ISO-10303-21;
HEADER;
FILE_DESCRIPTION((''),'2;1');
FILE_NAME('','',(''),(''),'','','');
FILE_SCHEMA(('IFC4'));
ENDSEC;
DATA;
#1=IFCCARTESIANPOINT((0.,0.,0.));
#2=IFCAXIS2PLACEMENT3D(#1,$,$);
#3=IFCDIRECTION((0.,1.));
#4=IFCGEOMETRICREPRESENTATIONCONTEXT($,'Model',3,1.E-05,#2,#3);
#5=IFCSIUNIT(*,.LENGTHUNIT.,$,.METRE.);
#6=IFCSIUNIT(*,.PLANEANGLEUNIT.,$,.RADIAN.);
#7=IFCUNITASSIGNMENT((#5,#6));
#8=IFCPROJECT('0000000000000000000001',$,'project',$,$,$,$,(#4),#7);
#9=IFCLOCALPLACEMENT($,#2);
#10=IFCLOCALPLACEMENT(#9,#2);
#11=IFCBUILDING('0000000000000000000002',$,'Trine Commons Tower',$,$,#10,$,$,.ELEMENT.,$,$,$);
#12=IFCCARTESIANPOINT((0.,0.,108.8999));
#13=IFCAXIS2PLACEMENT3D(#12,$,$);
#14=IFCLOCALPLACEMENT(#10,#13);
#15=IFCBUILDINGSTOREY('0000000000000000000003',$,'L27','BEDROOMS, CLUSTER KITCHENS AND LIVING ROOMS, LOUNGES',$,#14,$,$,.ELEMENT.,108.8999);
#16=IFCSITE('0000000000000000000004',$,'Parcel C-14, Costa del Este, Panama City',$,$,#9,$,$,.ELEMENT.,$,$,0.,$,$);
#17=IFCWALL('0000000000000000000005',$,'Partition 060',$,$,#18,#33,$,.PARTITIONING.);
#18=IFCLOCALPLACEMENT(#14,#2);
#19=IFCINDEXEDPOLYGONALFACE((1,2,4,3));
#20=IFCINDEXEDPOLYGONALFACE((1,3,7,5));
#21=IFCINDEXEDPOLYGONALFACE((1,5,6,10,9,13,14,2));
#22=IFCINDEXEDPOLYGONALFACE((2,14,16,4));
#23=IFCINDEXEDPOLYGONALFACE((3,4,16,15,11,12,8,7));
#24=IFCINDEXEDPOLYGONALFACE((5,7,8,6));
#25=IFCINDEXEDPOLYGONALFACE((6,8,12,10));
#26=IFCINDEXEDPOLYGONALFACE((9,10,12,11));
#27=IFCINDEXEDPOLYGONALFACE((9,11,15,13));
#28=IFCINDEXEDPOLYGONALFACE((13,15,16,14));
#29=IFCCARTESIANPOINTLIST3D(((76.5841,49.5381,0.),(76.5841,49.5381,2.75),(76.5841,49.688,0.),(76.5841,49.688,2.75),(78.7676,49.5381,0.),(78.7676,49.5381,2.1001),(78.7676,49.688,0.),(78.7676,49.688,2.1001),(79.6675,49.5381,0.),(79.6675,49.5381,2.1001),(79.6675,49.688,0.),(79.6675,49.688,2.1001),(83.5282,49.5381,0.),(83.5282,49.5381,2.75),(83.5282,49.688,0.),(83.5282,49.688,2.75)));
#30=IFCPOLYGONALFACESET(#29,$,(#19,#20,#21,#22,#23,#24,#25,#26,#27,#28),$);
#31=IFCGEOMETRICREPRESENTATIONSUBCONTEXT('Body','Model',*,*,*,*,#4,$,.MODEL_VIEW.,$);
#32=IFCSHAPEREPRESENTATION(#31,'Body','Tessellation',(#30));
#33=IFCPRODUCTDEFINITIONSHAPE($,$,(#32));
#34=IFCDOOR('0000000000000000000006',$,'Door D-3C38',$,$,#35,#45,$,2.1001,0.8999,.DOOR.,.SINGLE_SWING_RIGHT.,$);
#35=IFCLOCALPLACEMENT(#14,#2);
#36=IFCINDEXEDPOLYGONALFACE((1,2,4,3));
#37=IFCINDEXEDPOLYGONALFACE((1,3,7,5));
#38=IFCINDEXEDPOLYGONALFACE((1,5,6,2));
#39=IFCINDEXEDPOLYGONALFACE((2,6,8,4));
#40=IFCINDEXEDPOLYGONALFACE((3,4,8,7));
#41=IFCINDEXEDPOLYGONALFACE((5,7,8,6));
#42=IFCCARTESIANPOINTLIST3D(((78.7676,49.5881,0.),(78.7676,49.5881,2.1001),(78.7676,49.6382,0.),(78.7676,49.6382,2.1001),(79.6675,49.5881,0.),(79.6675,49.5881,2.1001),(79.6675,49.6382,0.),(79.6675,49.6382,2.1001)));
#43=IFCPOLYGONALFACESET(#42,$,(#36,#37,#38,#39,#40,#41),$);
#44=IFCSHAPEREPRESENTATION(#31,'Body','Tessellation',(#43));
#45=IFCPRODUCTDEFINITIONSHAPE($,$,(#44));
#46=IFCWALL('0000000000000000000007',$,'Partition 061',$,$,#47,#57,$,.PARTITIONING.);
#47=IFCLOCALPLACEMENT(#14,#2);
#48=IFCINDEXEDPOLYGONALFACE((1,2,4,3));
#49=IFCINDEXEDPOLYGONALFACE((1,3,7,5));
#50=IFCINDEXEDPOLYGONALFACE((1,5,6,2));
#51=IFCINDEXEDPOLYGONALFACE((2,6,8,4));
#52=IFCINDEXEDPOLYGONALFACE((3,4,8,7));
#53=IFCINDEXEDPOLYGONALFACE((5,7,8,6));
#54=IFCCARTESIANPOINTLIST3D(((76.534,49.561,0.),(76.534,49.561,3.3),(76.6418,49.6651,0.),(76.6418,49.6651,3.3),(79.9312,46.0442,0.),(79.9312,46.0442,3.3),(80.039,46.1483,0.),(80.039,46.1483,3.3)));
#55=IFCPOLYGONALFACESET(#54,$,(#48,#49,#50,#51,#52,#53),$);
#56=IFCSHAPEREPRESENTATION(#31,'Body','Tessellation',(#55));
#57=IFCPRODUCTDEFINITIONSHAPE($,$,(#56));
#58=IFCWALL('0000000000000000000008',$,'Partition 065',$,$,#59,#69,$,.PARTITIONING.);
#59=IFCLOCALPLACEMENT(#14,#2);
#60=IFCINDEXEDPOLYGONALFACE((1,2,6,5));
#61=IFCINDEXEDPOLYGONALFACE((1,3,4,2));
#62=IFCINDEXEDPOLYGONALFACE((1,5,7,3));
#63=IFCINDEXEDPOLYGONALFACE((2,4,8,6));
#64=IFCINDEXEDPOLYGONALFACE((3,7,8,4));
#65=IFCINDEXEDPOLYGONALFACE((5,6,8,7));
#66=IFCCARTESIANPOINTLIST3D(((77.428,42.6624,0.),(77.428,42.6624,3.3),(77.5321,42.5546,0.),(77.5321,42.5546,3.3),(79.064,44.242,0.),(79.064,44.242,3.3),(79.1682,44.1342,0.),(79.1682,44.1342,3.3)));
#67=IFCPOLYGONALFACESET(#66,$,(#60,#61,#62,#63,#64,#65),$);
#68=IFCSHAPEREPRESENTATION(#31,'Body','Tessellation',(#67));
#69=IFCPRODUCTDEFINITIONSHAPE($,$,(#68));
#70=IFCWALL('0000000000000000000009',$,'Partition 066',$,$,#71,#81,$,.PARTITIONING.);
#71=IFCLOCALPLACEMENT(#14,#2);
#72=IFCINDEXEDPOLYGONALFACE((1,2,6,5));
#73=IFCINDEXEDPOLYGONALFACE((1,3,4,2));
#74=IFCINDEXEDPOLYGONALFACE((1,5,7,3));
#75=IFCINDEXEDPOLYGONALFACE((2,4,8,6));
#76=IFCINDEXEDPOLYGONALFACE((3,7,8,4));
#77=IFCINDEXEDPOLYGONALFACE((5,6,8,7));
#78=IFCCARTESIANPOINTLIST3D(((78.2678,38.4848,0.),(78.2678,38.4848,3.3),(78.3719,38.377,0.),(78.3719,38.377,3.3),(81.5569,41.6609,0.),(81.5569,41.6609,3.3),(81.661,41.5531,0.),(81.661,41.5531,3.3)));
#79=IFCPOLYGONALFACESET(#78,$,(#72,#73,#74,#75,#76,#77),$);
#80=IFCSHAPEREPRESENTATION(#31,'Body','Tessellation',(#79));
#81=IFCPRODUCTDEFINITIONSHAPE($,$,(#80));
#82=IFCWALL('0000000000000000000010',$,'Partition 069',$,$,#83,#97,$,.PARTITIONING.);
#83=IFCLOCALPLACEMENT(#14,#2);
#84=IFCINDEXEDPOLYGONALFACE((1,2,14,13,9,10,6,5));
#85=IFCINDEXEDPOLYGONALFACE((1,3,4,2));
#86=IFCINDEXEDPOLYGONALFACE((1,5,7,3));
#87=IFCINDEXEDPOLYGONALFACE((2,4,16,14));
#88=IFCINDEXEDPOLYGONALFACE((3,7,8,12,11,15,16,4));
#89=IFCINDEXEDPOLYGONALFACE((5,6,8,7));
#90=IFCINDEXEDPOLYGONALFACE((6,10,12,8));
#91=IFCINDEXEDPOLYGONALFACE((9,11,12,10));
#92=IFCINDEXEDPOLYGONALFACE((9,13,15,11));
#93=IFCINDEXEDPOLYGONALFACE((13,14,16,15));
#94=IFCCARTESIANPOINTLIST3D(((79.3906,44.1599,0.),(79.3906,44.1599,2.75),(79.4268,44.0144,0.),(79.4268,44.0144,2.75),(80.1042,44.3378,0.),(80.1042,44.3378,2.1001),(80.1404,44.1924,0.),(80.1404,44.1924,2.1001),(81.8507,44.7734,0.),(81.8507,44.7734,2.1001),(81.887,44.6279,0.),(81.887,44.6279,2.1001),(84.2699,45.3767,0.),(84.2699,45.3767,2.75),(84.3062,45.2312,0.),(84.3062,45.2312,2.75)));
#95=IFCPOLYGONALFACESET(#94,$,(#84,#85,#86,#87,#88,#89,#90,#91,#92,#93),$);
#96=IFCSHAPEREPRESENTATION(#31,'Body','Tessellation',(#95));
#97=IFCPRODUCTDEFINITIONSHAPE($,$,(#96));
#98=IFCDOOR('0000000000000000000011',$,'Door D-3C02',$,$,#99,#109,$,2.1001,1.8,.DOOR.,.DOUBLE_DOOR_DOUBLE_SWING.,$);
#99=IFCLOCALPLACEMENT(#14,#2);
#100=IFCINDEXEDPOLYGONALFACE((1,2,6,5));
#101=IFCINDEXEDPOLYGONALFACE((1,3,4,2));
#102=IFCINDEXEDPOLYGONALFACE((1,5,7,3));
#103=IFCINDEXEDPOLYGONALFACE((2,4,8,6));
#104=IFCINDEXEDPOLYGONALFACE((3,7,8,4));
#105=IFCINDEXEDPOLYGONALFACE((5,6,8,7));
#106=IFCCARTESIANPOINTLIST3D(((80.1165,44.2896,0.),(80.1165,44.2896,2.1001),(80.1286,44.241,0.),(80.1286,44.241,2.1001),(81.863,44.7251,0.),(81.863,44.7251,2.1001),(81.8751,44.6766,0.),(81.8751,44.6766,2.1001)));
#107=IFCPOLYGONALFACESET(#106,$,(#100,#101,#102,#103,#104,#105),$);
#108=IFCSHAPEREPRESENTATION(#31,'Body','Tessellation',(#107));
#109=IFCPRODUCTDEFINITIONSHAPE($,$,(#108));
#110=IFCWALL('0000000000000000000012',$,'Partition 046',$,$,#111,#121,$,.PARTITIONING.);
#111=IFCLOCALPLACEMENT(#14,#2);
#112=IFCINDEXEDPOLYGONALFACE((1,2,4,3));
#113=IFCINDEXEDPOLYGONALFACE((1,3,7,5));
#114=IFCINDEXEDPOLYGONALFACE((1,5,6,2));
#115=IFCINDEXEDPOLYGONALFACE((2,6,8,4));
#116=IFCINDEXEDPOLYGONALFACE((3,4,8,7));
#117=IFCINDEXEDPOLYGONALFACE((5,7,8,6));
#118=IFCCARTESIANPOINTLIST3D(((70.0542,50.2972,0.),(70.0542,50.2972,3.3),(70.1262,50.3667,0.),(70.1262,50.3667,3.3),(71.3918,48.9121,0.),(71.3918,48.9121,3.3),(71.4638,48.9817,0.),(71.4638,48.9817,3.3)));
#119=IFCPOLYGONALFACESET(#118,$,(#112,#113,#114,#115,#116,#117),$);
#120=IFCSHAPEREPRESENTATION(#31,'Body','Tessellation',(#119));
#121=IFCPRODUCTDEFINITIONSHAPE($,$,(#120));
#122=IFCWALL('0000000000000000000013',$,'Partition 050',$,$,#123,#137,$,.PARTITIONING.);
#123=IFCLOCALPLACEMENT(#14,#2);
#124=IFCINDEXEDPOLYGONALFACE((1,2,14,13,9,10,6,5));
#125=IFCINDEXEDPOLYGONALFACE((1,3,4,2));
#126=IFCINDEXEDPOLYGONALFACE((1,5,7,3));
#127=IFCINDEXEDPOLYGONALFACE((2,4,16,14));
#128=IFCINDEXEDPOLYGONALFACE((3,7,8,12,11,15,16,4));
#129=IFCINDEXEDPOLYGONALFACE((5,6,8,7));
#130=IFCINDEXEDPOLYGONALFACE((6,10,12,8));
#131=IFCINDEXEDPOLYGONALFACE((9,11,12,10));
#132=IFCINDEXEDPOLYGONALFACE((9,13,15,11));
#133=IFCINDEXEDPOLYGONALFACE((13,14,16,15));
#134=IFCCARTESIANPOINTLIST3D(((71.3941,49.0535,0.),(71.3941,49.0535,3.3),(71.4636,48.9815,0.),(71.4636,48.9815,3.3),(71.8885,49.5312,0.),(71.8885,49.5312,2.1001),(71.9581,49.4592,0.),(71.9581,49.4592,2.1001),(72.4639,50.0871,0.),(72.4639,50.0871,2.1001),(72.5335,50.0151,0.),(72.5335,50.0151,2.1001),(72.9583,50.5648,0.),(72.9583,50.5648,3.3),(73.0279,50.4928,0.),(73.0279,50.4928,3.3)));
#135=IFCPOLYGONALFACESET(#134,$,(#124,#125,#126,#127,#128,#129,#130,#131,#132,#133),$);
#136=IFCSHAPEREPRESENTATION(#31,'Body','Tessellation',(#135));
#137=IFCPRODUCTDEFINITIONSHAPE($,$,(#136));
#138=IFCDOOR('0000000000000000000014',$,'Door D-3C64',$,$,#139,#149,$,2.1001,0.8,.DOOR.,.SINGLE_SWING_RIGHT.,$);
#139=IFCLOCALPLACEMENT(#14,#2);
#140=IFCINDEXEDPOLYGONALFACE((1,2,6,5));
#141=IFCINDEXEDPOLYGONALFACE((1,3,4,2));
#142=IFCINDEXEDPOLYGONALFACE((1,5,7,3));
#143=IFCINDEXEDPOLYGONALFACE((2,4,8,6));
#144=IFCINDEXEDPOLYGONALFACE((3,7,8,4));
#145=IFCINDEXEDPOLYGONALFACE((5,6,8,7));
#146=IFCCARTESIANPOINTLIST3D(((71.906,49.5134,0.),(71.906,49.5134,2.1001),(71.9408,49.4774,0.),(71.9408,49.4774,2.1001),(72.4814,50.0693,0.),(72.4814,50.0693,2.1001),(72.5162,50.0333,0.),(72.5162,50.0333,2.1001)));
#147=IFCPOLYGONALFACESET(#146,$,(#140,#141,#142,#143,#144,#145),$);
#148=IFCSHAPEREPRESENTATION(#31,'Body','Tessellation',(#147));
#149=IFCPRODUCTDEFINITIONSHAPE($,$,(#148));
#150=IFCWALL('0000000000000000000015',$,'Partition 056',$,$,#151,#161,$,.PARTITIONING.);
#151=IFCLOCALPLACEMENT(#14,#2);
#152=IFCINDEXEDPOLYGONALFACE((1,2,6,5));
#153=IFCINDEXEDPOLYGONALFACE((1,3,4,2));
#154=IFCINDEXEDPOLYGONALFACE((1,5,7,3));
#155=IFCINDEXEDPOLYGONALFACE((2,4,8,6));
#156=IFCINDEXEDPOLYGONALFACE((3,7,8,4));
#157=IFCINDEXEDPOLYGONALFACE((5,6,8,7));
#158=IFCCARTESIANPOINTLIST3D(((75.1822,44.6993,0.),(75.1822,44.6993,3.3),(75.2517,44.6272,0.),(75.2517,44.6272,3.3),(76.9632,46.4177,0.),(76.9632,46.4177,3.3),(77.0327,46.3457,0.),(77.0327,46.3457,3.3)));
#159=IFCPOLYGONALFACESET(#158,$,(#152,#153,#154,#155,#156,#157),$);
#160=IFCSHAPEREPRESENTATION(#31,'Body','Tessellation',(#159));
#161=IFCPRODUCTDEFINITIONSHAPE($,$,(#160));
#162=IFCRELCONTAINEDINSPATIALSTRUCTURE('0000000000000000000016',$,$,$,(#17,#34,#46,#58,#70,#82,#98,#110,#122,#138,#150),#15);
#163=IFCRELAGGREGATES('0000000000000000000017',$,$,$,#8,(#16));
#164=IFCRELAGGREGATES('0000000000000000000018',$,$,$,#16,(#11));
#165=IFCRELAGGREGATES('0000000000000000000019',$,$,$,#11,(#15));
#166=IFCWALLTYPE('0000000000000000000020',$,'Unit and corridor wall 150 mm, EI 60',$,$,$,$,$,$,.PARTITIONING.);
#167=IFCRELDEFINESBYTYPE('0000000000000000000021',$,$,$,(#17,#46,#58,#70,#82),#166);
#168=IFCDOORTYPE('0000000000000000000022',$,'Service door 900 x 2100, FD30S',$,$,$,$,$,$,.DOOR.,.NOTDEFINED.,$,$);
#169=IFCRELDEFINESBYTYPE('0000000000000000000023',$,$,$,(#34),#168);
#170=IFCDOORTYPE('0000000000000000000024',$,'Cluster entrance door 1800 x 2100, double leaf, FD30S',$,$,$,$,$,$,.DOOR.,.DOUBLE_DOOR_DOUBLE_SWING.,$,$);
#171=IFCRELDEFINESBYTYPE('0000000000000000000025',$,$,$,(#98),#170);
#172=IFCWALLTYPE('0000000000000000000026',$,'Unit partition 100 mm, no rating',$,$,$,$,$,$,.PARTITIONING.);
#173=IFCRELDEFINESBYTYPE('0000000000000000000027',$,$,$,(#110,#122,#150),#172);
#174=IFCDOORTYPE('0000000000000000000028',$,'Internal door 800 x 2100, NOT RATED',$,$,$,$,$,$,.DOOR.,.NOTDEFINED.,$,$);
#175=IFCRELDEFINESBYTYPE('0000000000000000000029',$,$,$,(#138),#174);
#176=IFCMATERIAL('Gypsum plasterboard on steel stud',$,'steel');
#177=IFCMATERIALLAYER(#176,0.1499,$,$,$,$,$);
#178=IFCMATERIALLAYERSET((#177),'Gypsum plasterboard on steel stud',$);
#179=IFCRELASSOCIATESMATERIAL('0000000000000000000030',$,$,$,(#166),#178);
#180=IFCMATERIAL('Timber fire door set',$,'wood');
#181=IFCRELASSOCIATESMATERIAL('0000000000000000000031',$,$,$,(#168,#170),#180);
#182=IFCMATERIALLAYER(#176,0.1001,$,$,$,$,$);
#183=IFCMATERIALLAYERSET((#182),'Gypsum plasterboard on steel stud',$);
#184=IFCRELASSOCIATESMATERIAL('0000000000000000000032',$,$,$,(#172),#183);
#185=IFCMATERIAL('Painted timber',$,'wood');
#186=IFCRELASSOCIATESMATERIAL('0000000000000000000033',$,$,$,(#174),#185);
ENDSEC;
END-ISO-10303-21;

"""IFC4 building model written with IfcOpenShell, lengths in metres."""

from ifc_helpers import new_model, si_unit, direction, frame, frame_2d, origin, place, context, subcontext, project, spatial, rectangle, extrude, material, layer, layer_set, type_object, element, fill, save


model = new_model("IFC4")

# Units and contexts
model_context = context("Model", 3, precision=1e-05, world=origin(), true_north=direction((0.0, 1.0)))
body_context = subcontext(model_context, "Body", "Model", "MODEL_VIEW")
ifc_project = project(units=[si_unit("LENGTHUNIT", "METRE"), si_unit("PLANEANGLEUNIT", "RADIAN")], contexts=[model_context])

# Site, building, storey
site_placement = place(None, origin())
site = spatial("IfcSite", under=ifc_project, at=site_placement, Name="Parcel C-14, Costa del Este, Panama City", CompositionType="ELEMENT", RefElevation=0.0)
building_placement = place(site_placement, origin())
building = spatial("IfcBuilding", under=site, at=building_placement, Name="Trine Commons Tower", CompositionType="ELEMENT")
storey_placement = place(building_placement, frame((0.0, 0.0, 108.8999)))
storey = spatial("IfcBuildingStorey", under=building, at=storey_placement, Name="L27", Description="BEDROOMS, CLUSTER KITCHENS AND LIVING ROOMS, LOUNGES", CompositionType="ELEMENT", Elevation=108.8999)

# Shared definitions
ifc_material_1 = material(Name="Gypsum plasterboard on steel stud", Category="steel")
ifc_layer_1 = layer(ifc_material_1, 0.1499)
ifc_layer_set_1 = layer_set([ifc_layer_1], Name="Gypsum plasterboard on steel stud")
wall_type_1 = type_object("IfcWallType", Name="Unit and corridor wall 150 mm, EI 60", PredefinedType="PARTITIONING", material=ifc_layer_set_1)

# Wall, opening, door
wall_1_placement = place(storey_placement, frame((76.584, 49.613, 0.0), z_axis=(0.0, 0.0, 1.0), x_axis=(1.0, 0.0, 0.0)))
wall_1 = element("IfcWall", 1, at=wall_1_placement, inside=storey, type_object=wall_type_1, Name="Partition 060", PredefinedType="PARTITIONING", context=body_context, shape_type="SweptSolid", body=[
    extrude(rectangle(XDim=6.9441, YDim=0.1499, at=frame_2d((3.4722, 0.0))), origin(), (0.0, 0.0, 1.0), 2.75),
])
opening_1_placement = place(wall_1_placement, frame((2.1836, 0.0, 0.0)))
opening_1 = element("IfcOpeningElement", 2, at=opening_1_placement, cuts=wall_1, PredefinedType="OPENING", context=body_context, shape_type="SweptSolid", body=[
    extrude(rectangle(XDim=0.8999, YDim=2.1001, at=frame_2d((0.45, 1.05))), frame((0.0, 0.085, 0.0), z_axis=(0.0, -1.0, 0.0), x_axis=(1.0, 0.0, 0.0)), (0.0, 0.0, 1.0), 0.1699),
])
ifc_material_2 = material(Name="Timber fire door set", Category="wood")
door_type_1 = type_object("IfcDoorType", Name="Service door 900 x 2100, FD30S", OperationType="NOTDEFINED", PredefinedType="DOOR", material=ifc_material_2)
door_1_placement = place(opening_1_placement, frame((0.8999, 0.0, 0.0), z_axis=(0.0, 0.0, 1.0), x_axis=(-1.0, 0.0, 0.0)))
door_1 = element("IfcDoor", 3, at=door_1_placement, inside=storey, type_object=door_type_1, Name="Door D-3C38", OperationType="SINGLE_SWING_RIGHT", OverallHeight=2.1001, OverallWidth=0.8999, PredefinedType="DOOR", context=body_context, shape_type="SweptSolid", body=[
    extrude(rectangle(XDim=0.8999, YDim=2.1001, at=frame_2d((0.45, 1.05))), frame((0.0, 0.0249, 0.0), z_axis=(0.0, -1.0, 0.0), x_axis=(1.0, 0.0, 0.0)), (0.0, 0.0, 1.0), 0.05),
])
fill(opening_1, door_1)

# Walls
wall_2_placement = place(storey_placement, frame((76.5879, 49.613, 0.0), z_axis=(0.0, 0.0, 1.0), x_axis=(0.694768, -0.719234, 0.0)))
element("IfcWall", 4, at=wall_2_placement, inside=storey, type_object=wall_type_1, Name="Partition 061", PredefinedType="PARTITIONING", context=body_context, shape_type="SweptSolid", body=[
    extrude(rectangle(XDim=4.8896, YDim=0.1499, at=frame_2d((2.4448, 0.0))), origin(), (0.0, 0.0, 1.0), 3.3),
])
wall_3_placement = place(storey_placement, frame((77.48, 42.6084, 0.0), z_axis=(0.0, 0.0, 1.0), x_axis=(0.719398, 0.694598, 0.0)))
element("IfcWall", 5, at=wall_3_placement, inside=storey, type_object=wall_type_1, Name="Partition 065", PredefinedType="PARTITIONING", context=body_context, shape_type="SweptSolid", body=[
    extrude(rectangle(XDim=2.2742, YDim=0.1499, at=frame_2d((1.1372, 0.0))), origin(), (0.0, 0.0, 1.0), 3.3),
])
wall_4_placement = place(storey_placement, frame((78.3198, 38.4309, 0.0), z_axis=(0.0, 0.0, 1.0), x_axis=(0.71936, 0.694637, 0.0)))
element("IfcWall", 6, at=wall_4_placement, inside=storey, type_object=wall_type_1, Name="Partition 066", PredefinedType="PARTITIONING", context=body_context, shape_type="SweptSolid", body=[
    extrude(rectangle(XDim=4.5723, YDim=0.1499, at=frame_2d((2.2861, 0.0))), origin(), (0.0, 0.0, 1.0), 3.3),
])

# Wall, opening, door
wall_5_placement = place(storey_placement, frame((79.4087, 44.0872, 0.0), z_axis=(0.0, 0.0, 1.0), x_axis=(0.970285, 0.241964, 0.0)))
wall_5 = element("IfcWall", 7, at=wall_5_placement, inside=storey, type_object=wall_type_1, Name="Partition 069", PredefinedType="PARTITIONING", context=body_context, shape_type="SweptSolid", body=[
    extrude(rectangle(XDim=5.0288, YDim=0.1499, at=frame_2d((2.5144, 0.0))), origin(), (0.0, 0.0, 1.0), 2.75),
])
opening_2_placement = place(wall_5_placement, frame((0.7356, 0.0, 0.0)))
opening_2 = element("IfcOpeningElement", 8, at=opening_2_placement, cuts=wall_5, PredefinedType="OPENING", context=body_context, shape_type="SweptSolid", body=[
    extrude(rectangle(XDim=1.8, YDim=2.1001, at=frame_2d((0.8999, 1.05))), frame((0.0, 0.085, 0.0), z_axis=(0.0, -1.0, 0.0), x_axis=(1.0, 0.0, 0.0)), (0.0, 0.0, 1.0), 0.1699),
])
door_type_2 = type_object("IfcDoorType", Name="Cluster entrance door 1800 x 2100, double leaf, FD30S", OperationType="DOUBLE_DOOR_DOUBLE_SWING", PredefinedType="DOOR", material=ifc_material_2)
door_2_placement = place(opening_2_placement, frame((1.8, 0.0, 0.0), z_axis=(0.0, 0.0, 1.0), x_axis=(-1.0, 0.0, 0.0)))
door_2 = element("IfcDoor", 9, at=door_2_placement, inside=storey, type_object=door_type_2, Name="Door D-3C02", OperationType="DOUBLE_DOOR_DOUBLE_SWING", OverallHeight=2.1001, OverallWidth=1.8, PredefinedType="DOOR", context=body_context, shape_type="SweptSolid", body=[
    extrude(rectangle(XDim=1.8, YDim=2.1001, at=frame_2d((0.8999, 1.05))), frame((0.0, 0.0249, 0.0), z_axis=(0.0, -1.0, 0.0), x_axis=(1.0, 0.0, 0.0)), (0.0, 0.0, 1.0), 0.05),
])
fill(opening_2, door_2)

# Wall
ifc_layer_2 = layer(ifc_material_1, 0.1001)
ifc_layer_set_2 = layer_set([ifc_layer_2], Name="Gypsum plasterboard on steel stud")
wall_type_2 = type_object("IfcWallType", Name="Unit partition 100 mm, no rating", PredefinedType="PARTITIONING", material=ifc_layer_set_2)
wall_6_placement = place(storey_placement, frame((70.0901, 50.332, 0.0), z_axis=(0.0, 0.0, 1.0), x_axis=(0.694701, -0.719299, 0.0)))
element("IfcWall", 10, at=wall_6_placement, inside=storey, type_object=wall_type_2, Name="Partition 046", PredefinedType="PARTITIONING", context=body_context, shape_type="SweptSolid", body=[
    extrude(rectangle(XDim=1.9255, YDim=0.1001, at=frame_2d((0.9629, 0.0))), origin(), (0.0, 0.0, 1.0), 3.3),
])

# Wall, opening, door
wall_7_placement = place(storey_placement, frame((71.429, 49.0176, 0.0), z_axis=(0.0, 0.0, 1.0), x_axis=(0.719181, 0.694823, 0.0)))
wall_7 = element("IfcWall", 11, at=wall_7_placement, inside=storey, type_object=wall_type_2, Name="Partition 050", PredefinedType="PARTITIONING", context=body_context, shape_type="SweptSolid", body=[
    extrude(rectangle(XDim=2.175, YDim=0.1001, at=frame_2d((1.0874, 0.0))), origin(), (0.0, 0.0, 1.0), 3.3),
])
opening_3_placement = place(wall_7_placement, frame((0.6875, 0.0, 0.0)))
opening_3 = element("IfcOpeningElement", 12, at=opening_3_placement, cuts=wall_7, PredefinedType="OPENING", context=body_context, shape_type="SweptSolid", body=[
    extrude(rectangle(XDim=0.8, YDim=2.1001, at=frame_2d((0.3999, 1.05))), frame((0.0, 0.0601, 0.0), z_axis=(0.0, -1.0, 0.0), x_axis=(1.0, 0.0, 0.0)), (0.0, 0.0, 1.0), 0.1201),
])
ifc_material_3 = material(Name="Painted timber", Category="wood")
door_type_3 = type_object("IfcDoorType", Name="Internal door 800 x 2100, NOT RATED", OperationType="NOTDEFINED", PredefinedType="DOOR", material=ifc_material_3)
door_3_placement = place(opening_3_placement, frame((0.8, 0.0, 0.0), z_axis=(0.0, 0.0, 1.0), x_axis=(-1.0, 0.0, 0.0)))
door_3 = element("IfcDoor", 13, at=door_3_placement, inside=storey, type_object=door_type_3, Name="Door D-3C64", OperationType="SINGLE_SWING_RIGHT", OverallHeight=2.1001, OverallWidth=0.8, PredefinedType="DOOR", context=body_context, shape_type="SweptSolid", body=[
    extrude(rectangle(XDim=0.8, YDim=2.1001, at=frame_2d((0.3999, 1.05))), frame((0.0, 0.0249, 0.0), z_axis=(0.0, -1.0, 0.0), x_axis=(1.0, 0.0, 0.0)), (0.0, 0.0, 1.0), 0.05),
])
fill(opening_3, door_3)

# Wall
wall_8_placement = place(storey_placement, frame((75.217, 44.6633, 0.0), z_axis=(0.0, 0.0, 1.0), x_axis=(0.719621, 0.694367, 0.0)))
element("IfcWall", 14, at=wall_8_placement, inside=storey, type_object=wall_type_2, Name="Partition 056", PredefinedType="PARTITIONING", context=body_context, shape_type="SweptSolid", body=[
    extrude(rectangle(XDim=2.4749, YDim=0.1001, at=frame_2d((1.2373, 0.0))), origin(), (0.0, 0.0, 1.0), 3.3),
])

save(model, "model.ifc")
